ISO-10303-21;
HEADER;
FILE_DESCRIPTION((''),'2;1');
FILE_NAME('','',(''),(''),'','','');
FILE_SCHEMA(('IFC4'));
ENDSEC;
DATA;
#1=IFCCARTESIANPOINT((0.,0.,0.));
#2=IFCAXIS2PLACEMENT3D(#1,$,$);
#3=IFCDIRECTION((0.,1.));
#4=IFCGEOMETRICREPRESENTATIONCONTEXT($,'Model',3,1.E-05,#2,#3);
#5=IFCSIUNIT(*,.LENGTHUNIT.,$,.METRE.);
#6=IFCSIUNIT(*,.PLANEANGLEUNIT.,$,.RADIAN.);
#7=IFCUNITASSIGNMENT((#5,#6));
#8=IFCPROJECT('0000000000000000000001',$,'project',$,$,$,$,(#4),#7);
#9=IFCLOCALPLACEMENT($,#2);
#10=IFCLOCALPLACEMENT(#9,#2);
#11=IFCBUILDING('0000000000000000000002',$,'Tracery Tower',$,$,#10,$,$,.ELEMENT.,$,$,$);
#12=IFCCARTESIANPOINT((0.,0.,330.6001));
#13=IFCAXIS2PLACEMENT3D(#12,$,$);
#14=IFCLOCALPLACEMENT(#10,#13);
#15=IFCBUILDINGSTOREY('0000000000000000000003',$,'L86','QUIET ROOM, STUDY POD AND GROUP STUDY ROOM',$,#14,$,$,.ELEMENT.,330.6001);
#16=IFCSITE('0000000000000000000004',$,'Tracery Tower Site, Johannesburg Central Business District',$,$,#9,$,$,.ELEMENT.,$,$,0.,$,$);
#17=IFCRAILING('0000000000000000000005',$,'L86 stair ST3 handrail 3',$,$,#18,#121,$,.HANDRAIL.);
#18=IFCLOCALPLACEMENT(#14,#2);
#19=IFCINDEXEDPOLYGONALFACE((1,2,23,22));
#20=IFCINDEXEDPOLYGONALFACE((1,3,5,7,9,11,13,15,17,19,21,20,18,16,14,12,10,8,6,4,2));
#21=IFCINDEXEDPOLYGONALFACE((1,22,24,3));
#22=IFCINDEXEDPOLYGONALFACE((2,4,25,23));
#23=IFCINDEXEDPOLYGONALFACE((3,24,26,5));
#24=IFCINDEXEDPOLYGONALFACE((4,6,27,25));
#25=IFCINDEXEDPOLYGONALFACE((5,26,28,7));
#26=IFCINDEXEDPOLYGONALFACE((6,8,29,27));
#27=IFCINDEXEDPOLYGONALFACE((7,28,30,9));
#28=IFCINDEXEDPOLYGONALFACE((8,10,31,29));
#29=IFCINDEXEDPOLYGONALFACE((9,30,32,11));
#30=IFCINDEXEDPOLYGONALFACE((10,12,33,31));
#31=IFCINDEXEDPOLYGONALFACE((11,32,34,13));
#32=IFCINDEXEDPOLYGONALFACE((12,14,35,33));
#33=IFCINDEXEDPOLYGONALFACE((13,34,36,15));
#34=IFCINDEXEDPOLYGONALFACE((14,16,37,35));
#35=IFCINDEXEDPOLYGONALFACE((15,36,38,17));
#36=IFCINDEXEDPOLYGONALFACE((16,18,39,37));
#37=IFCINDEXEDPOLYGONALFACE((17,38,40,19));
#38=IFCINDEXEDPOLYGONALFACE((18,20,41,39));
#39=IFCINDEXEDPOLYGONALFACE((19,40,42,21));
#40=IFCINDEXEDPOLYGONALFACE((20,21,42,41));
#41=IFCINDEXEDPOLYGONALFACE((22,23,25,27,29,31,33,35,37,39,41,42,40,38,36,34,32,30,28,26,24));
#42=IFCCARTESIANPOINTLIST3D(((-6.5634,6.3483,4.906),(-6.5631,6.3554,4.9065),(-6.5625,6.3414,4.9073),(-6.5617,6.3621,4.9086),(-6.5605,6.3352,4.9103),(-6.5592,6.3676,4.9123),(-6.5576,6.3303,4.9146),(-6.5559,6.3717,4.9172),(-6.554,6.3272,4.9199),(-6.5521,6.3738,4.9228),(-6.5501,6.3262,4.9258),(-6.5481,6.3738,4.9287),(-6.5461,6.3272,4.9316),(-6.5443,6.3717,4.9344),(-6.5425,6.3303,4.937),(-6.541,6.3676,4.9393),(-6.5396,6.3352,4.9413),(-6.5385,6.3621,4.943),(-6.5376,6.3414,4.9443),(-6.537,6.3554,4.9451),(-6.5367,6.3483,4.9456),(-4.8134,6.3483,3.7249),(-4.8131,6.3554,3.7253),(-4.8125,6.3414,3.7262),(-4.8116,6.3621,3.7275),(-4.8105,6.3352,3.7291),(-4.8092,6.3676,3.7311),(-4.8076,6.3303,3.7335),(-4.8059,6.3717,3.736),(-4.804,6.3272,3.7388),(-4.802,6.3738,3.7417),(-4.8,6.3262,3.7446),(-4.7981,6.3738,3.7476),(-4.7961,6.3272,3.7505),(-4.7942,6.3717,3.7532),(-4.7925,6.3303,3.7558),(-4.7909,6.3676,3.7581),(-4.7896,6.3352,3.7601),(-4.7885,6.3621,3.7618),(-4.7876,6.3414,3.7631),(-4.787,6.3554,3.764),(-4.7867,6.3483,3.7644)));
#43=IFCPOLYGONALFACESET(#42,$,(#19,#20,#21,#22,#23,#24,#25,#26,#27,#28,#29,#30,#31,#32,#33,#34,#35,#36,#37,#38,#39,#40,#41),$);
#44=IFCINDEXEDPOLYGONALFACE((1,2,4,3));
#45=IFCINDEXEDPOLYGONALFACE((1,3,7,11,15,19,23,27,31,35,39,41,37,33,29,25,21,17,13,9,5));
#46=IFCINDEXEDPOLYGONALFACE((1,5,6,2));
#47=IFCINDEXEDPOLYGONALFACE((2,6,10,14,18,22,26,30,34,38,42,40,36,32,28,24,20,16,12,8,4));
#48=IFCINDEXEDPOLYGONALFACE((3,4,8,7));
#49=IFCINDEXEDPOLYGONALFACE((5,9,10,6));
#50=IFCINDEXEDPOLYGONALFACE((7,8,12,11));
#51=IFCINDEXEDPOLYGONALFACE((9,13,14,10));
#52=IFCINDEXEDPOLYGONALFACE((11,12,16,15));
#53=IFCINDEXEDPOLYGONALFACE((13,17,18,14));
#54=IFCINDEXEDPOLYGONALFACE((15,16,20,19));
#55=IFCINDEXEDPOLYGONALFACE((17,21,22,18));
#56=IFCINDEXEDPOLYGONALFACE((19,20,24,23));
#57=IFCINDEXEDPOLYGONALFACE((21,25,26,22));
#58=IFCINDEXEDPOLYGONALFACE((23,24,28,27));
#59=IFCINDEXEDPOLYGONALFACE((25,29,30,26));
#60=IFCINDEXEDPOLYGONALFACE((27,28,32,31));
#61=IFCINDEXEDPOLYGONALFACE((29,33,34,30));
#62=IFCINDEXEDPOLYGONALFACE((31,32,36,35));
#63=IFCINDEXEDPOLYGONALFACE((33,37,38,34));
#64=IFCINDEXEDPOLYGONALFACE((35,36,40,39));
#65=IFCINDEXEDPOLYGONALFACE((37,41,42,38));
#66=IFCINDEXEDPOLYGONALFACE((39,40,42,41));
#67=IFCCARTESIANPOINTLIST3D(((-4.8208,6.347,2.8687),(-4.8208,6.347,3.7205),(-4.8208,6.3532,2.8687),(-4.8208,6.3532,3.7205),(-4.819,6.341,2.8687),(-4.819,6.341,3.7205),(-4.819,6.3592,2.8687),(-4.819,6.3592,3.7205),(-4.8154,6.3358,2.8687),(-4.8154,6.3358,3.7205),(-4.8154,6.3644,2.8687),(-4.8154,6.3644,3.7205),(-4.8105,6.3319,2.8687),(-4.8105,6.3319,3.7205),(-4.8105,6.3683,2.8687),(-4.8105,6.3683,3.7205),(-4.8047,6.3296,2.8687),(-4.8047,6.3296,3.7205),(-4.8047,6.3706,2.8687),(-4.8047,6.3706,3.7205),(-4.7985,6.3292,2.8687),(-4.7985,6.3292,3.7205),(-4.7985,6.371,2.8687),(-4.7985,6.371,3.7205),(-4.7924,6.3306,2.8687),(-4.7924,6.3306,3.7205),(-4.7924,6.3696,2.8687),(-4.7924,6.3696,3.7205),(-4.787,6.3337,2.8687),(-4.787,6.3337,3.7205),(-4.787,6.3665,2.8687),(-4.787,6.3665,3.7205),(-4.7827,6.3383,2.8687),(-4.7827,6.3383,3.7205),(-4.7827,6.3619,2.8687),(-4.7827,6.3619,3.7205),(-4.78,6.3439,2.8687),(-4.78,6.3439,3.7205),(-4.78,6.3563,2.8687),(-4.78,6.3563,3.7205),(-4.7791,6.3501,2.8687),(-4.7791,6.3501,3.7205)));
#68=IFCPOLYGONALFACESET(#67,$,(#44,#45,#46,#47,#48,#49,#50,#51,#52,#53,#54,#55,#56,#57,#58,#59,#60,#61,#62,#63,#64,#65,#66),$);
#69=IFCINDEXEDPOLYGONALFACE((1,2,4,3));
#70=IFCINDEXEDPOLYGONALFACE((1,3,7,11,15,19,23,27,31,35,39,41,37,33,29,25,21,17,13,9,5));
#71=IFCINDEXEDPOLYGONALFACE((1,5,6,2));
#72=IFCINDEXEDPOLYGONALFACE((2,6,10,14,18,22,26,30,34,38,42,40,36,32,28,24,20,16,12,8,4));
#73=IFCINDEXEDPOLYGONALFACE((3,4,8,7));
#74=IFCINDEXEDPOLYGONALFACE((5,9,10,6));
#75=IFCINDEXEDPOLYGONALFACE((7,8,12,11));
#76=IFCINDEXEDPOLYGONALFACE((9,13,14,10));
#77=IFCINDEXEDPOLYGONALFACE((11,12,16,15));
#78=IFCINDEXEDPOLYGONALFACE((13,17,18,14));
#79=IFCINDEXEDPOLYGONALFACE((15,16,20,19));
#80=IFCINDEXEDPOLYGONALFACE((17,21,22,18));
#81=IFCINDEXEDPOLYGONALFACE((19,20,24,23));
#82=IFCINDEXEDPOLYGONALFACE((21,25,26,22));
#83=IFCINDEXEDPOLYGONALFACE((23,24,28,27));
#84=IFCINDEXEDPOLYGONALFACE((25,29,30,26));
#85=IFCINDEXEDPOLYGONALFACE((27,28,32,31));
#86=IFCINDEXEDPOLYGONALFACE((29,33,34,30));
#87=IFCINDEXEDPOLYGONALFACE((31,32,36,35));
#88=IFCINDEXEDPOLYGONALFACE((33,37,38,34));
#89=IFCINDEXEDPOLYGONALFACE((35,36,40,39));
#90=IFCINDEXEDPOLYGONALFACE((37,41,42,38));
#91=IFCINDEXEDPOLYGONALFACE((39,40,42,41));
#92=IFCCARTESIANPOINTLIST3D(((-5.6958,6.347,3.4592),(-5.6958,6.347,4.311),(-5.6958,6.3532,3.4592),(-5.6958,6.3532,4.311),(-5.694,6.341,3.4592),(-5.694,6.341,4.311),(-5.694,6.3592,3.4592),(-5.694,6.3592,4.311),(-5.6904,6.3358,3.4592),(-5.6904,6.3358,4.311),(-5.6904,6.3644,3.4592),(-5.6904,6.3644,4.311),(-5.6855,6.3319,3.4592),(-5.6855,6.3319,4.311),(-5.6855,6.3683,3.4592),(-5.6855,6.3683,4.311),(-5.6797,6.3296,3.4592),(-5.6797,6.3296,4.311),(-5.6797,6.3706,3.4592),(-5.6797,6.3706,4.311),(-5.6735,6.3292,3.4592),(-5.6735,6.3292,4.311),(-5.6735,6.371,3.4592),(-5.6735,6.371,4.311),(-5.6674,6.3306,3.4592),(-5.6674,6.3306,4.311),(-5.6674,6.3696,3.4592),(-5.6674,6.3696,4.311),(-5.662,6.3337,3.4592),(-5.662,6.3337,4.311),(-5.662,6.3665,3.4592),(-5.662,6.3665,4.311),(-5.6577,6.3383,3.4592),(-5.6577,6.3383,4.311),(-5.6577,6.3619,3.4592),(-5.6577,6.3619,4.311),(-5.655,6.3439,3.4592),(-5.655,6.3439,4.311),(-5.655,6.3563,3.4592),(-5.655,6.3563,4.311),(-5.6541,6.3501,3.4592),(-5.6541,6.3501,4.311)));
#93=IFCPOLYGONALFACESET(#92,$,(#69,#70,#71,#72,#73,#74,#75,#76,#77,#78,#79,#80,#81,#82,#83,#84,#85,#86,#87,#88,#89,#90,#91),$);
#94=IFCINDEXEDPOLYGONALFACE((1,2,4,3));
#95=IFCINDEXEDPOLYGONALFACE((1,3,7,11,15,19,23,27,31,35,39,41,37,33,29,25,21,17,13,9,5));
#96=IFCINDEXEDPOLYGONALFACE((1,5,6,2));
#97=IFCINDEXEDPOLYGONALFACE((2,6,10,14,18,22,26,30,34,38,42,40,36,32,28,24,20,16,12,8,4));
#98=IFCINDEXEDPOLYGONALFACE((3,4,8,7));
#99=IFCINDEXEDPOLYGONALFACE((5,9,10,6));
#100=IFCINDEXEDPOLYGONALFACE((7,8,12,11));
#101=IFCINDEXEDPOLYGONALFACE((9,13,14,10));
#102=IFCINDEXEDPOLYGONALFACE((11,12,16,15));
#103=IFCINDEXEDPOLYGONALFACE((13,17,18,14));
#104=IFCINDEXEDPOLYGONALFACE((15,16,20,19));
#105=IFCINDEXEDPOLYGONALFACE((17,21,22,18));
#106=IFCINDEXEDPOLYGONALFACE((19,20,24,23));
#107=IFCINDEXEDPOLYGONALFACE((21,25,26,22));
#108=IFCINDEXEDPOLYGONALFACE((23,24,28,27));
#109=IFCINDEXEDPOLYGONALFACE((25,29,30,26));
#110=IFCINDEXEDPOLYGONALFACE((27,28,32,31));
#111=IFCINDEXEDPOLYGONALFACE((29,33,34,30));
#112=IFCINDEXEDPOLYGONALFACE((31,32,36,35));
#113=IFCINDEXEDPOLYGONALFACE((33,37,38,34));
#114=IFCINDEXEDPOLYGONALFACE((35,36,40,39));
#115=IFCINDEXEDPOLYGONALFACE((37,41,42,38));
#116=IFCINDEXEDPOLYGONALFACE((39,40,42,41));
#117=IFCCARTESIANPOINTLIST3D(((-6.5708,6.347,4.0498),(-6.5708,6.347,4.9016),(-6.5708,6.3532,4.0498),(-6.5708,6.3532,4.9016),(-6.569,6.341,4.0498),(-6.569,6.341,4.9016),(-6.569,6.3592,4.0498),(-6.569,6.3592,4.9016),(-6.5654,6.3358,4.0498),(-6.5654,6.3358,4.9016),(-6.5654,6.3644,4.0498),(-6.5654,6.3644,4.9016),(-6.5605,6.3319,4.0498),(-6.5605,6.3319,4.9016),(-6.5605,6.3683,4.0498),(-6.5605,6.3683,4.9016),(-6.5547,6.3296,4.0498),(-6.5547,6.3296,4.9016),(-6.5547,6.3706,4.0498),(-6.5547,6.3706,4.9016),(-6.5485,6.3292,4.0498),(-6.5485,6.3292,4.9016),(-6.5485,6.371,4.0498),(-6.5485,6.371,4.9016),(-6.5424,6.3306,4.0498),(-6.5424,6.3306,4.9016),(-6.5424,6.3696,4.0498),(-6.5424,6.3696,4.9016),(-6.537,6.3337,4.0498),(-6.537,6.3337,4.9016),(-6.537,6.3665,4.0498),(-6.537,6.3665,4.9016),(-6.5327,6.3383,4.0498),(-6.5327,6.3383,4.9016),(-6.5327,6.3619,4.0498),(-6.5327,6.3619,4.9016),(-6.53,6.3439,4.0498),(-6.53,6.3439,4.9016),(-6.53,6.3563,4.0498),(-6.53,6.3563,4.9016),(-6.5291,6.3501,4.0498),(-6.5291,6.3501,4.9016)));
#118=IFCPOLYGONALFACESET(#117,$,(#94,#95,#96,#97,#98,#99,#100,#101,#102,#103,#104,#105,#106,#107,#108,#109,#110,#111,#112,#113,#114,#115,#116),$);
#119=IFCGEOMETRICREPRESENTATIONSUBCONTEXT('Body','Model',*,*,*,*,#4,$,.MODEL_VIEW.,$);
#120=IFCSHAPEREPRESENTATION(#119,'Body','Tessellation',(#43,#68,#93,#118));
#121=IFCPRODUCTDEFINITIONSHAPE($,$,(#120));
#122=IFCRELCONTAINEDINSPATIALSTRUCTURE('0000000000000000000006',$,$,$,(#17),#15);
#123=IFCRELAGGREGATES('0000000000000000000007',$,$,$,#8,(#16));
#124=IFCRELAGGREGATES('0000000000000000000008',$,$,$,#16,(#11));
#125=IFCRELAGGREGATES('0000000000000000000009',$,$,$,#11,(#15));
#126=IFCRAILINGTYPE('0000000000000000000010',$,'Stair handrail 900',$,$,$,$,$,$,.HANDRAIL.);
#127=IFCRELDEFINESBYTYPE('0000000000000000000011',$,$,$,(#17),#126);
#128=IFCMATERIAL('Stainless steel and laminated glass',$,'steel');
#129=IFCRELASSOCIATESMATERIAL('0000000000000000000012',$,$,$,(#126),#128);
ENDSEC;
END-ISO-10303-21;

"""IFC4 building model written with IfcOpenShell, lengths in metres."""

from ifc_helpers import new_model, si_unit, direction, frame, origin, origin_2d, place, context, subcontext, project, spatial, circle, extrude, material, type_object, element, save


model = new_model("IFC4")

# Units and contexts
model_context = context("Model", 3, precision=1e-05, world=origin(), true_north=direction((0.0, 1.0)))
body_context = subcontext(model_context, "Body", "Model", "MODEL_VIEW")
ifc_project = project(units=[si_unit("LENGTHUNIT", "METRE"), si_unit("PLANEANGLEUNIT", "RADIAN")], contexts=[model_context])

# Site, building, storey
site_placement = place(None, origin())
site = spatial("IfcSite", under=ifc_project, at=site_placement, Name="Tracery Tower Site, Johannesburg Central Business District", CompositionType="ELEMENT", RefElevation=0.0)
building_placement = place(site_placement, origin())
building = spatial("IfcBuilding", under=site, at=building_placement, Name="Tracery Tower", CompositionType="ELEMENT")
storey_placement = place(building_placement, frame((0.0, 0.0, 330.6001)))
storey = spatial("IfcBuildingStorey", under=building, at=storey_placement, Name="L86", Description="QUIET ROOM, STUDY POD AND GROUP STUDY ROOM", CompositionType="ELEMENT", Elevation=330.6001)

# Railing
ifc_material_1 = material(Name="Stainless steel and laminated glass", Category="steel")
railing_type_1 = type_object("IfcRailingType", Name="Stair handrail 900", PredefinedType="HANDRAIL", material=ifc_material_1)
railing_1_placement = place(storey_placement, frame((-4.8, 6.3501, 2.8687)))
element("IfcRailing", 1, at=railing_1_placement, inside=storey, type_object=railing_type_1, Name="L86 stair ST3 handrail 3", PredefinedType="HANDRAIL", context=body_context, shape_type="SweptSolid", body=[
    extrude(circle(Radius=0.0239, at=origin_2d()), frame((0.0, 0.0, 0.876), z_axis=(-0.82887, 0.0, 0.559441), x_axis=(0.0, -1.0, 0.0)), (0.0, 0.0, 1.0), 2.1113),
    extrude(circle(Radius=0.021, at=origin_2d()), origin(), (0.0, 0.0, 1.0), 0.8518),
    extrude(circle(Radius=0.021, at=origin_2d()), frame((-0.875, 0.0, 0.5906)), (0.0, 0.0, 1.0), 0.8518),
    extrude(circle(Radius=0.021, at=origin_2d()), frame((-1.75, 0.0, 1.1812)), (0.0, 0.0, 1.0), 0.8518),
])

save(model, "model.ifc")
